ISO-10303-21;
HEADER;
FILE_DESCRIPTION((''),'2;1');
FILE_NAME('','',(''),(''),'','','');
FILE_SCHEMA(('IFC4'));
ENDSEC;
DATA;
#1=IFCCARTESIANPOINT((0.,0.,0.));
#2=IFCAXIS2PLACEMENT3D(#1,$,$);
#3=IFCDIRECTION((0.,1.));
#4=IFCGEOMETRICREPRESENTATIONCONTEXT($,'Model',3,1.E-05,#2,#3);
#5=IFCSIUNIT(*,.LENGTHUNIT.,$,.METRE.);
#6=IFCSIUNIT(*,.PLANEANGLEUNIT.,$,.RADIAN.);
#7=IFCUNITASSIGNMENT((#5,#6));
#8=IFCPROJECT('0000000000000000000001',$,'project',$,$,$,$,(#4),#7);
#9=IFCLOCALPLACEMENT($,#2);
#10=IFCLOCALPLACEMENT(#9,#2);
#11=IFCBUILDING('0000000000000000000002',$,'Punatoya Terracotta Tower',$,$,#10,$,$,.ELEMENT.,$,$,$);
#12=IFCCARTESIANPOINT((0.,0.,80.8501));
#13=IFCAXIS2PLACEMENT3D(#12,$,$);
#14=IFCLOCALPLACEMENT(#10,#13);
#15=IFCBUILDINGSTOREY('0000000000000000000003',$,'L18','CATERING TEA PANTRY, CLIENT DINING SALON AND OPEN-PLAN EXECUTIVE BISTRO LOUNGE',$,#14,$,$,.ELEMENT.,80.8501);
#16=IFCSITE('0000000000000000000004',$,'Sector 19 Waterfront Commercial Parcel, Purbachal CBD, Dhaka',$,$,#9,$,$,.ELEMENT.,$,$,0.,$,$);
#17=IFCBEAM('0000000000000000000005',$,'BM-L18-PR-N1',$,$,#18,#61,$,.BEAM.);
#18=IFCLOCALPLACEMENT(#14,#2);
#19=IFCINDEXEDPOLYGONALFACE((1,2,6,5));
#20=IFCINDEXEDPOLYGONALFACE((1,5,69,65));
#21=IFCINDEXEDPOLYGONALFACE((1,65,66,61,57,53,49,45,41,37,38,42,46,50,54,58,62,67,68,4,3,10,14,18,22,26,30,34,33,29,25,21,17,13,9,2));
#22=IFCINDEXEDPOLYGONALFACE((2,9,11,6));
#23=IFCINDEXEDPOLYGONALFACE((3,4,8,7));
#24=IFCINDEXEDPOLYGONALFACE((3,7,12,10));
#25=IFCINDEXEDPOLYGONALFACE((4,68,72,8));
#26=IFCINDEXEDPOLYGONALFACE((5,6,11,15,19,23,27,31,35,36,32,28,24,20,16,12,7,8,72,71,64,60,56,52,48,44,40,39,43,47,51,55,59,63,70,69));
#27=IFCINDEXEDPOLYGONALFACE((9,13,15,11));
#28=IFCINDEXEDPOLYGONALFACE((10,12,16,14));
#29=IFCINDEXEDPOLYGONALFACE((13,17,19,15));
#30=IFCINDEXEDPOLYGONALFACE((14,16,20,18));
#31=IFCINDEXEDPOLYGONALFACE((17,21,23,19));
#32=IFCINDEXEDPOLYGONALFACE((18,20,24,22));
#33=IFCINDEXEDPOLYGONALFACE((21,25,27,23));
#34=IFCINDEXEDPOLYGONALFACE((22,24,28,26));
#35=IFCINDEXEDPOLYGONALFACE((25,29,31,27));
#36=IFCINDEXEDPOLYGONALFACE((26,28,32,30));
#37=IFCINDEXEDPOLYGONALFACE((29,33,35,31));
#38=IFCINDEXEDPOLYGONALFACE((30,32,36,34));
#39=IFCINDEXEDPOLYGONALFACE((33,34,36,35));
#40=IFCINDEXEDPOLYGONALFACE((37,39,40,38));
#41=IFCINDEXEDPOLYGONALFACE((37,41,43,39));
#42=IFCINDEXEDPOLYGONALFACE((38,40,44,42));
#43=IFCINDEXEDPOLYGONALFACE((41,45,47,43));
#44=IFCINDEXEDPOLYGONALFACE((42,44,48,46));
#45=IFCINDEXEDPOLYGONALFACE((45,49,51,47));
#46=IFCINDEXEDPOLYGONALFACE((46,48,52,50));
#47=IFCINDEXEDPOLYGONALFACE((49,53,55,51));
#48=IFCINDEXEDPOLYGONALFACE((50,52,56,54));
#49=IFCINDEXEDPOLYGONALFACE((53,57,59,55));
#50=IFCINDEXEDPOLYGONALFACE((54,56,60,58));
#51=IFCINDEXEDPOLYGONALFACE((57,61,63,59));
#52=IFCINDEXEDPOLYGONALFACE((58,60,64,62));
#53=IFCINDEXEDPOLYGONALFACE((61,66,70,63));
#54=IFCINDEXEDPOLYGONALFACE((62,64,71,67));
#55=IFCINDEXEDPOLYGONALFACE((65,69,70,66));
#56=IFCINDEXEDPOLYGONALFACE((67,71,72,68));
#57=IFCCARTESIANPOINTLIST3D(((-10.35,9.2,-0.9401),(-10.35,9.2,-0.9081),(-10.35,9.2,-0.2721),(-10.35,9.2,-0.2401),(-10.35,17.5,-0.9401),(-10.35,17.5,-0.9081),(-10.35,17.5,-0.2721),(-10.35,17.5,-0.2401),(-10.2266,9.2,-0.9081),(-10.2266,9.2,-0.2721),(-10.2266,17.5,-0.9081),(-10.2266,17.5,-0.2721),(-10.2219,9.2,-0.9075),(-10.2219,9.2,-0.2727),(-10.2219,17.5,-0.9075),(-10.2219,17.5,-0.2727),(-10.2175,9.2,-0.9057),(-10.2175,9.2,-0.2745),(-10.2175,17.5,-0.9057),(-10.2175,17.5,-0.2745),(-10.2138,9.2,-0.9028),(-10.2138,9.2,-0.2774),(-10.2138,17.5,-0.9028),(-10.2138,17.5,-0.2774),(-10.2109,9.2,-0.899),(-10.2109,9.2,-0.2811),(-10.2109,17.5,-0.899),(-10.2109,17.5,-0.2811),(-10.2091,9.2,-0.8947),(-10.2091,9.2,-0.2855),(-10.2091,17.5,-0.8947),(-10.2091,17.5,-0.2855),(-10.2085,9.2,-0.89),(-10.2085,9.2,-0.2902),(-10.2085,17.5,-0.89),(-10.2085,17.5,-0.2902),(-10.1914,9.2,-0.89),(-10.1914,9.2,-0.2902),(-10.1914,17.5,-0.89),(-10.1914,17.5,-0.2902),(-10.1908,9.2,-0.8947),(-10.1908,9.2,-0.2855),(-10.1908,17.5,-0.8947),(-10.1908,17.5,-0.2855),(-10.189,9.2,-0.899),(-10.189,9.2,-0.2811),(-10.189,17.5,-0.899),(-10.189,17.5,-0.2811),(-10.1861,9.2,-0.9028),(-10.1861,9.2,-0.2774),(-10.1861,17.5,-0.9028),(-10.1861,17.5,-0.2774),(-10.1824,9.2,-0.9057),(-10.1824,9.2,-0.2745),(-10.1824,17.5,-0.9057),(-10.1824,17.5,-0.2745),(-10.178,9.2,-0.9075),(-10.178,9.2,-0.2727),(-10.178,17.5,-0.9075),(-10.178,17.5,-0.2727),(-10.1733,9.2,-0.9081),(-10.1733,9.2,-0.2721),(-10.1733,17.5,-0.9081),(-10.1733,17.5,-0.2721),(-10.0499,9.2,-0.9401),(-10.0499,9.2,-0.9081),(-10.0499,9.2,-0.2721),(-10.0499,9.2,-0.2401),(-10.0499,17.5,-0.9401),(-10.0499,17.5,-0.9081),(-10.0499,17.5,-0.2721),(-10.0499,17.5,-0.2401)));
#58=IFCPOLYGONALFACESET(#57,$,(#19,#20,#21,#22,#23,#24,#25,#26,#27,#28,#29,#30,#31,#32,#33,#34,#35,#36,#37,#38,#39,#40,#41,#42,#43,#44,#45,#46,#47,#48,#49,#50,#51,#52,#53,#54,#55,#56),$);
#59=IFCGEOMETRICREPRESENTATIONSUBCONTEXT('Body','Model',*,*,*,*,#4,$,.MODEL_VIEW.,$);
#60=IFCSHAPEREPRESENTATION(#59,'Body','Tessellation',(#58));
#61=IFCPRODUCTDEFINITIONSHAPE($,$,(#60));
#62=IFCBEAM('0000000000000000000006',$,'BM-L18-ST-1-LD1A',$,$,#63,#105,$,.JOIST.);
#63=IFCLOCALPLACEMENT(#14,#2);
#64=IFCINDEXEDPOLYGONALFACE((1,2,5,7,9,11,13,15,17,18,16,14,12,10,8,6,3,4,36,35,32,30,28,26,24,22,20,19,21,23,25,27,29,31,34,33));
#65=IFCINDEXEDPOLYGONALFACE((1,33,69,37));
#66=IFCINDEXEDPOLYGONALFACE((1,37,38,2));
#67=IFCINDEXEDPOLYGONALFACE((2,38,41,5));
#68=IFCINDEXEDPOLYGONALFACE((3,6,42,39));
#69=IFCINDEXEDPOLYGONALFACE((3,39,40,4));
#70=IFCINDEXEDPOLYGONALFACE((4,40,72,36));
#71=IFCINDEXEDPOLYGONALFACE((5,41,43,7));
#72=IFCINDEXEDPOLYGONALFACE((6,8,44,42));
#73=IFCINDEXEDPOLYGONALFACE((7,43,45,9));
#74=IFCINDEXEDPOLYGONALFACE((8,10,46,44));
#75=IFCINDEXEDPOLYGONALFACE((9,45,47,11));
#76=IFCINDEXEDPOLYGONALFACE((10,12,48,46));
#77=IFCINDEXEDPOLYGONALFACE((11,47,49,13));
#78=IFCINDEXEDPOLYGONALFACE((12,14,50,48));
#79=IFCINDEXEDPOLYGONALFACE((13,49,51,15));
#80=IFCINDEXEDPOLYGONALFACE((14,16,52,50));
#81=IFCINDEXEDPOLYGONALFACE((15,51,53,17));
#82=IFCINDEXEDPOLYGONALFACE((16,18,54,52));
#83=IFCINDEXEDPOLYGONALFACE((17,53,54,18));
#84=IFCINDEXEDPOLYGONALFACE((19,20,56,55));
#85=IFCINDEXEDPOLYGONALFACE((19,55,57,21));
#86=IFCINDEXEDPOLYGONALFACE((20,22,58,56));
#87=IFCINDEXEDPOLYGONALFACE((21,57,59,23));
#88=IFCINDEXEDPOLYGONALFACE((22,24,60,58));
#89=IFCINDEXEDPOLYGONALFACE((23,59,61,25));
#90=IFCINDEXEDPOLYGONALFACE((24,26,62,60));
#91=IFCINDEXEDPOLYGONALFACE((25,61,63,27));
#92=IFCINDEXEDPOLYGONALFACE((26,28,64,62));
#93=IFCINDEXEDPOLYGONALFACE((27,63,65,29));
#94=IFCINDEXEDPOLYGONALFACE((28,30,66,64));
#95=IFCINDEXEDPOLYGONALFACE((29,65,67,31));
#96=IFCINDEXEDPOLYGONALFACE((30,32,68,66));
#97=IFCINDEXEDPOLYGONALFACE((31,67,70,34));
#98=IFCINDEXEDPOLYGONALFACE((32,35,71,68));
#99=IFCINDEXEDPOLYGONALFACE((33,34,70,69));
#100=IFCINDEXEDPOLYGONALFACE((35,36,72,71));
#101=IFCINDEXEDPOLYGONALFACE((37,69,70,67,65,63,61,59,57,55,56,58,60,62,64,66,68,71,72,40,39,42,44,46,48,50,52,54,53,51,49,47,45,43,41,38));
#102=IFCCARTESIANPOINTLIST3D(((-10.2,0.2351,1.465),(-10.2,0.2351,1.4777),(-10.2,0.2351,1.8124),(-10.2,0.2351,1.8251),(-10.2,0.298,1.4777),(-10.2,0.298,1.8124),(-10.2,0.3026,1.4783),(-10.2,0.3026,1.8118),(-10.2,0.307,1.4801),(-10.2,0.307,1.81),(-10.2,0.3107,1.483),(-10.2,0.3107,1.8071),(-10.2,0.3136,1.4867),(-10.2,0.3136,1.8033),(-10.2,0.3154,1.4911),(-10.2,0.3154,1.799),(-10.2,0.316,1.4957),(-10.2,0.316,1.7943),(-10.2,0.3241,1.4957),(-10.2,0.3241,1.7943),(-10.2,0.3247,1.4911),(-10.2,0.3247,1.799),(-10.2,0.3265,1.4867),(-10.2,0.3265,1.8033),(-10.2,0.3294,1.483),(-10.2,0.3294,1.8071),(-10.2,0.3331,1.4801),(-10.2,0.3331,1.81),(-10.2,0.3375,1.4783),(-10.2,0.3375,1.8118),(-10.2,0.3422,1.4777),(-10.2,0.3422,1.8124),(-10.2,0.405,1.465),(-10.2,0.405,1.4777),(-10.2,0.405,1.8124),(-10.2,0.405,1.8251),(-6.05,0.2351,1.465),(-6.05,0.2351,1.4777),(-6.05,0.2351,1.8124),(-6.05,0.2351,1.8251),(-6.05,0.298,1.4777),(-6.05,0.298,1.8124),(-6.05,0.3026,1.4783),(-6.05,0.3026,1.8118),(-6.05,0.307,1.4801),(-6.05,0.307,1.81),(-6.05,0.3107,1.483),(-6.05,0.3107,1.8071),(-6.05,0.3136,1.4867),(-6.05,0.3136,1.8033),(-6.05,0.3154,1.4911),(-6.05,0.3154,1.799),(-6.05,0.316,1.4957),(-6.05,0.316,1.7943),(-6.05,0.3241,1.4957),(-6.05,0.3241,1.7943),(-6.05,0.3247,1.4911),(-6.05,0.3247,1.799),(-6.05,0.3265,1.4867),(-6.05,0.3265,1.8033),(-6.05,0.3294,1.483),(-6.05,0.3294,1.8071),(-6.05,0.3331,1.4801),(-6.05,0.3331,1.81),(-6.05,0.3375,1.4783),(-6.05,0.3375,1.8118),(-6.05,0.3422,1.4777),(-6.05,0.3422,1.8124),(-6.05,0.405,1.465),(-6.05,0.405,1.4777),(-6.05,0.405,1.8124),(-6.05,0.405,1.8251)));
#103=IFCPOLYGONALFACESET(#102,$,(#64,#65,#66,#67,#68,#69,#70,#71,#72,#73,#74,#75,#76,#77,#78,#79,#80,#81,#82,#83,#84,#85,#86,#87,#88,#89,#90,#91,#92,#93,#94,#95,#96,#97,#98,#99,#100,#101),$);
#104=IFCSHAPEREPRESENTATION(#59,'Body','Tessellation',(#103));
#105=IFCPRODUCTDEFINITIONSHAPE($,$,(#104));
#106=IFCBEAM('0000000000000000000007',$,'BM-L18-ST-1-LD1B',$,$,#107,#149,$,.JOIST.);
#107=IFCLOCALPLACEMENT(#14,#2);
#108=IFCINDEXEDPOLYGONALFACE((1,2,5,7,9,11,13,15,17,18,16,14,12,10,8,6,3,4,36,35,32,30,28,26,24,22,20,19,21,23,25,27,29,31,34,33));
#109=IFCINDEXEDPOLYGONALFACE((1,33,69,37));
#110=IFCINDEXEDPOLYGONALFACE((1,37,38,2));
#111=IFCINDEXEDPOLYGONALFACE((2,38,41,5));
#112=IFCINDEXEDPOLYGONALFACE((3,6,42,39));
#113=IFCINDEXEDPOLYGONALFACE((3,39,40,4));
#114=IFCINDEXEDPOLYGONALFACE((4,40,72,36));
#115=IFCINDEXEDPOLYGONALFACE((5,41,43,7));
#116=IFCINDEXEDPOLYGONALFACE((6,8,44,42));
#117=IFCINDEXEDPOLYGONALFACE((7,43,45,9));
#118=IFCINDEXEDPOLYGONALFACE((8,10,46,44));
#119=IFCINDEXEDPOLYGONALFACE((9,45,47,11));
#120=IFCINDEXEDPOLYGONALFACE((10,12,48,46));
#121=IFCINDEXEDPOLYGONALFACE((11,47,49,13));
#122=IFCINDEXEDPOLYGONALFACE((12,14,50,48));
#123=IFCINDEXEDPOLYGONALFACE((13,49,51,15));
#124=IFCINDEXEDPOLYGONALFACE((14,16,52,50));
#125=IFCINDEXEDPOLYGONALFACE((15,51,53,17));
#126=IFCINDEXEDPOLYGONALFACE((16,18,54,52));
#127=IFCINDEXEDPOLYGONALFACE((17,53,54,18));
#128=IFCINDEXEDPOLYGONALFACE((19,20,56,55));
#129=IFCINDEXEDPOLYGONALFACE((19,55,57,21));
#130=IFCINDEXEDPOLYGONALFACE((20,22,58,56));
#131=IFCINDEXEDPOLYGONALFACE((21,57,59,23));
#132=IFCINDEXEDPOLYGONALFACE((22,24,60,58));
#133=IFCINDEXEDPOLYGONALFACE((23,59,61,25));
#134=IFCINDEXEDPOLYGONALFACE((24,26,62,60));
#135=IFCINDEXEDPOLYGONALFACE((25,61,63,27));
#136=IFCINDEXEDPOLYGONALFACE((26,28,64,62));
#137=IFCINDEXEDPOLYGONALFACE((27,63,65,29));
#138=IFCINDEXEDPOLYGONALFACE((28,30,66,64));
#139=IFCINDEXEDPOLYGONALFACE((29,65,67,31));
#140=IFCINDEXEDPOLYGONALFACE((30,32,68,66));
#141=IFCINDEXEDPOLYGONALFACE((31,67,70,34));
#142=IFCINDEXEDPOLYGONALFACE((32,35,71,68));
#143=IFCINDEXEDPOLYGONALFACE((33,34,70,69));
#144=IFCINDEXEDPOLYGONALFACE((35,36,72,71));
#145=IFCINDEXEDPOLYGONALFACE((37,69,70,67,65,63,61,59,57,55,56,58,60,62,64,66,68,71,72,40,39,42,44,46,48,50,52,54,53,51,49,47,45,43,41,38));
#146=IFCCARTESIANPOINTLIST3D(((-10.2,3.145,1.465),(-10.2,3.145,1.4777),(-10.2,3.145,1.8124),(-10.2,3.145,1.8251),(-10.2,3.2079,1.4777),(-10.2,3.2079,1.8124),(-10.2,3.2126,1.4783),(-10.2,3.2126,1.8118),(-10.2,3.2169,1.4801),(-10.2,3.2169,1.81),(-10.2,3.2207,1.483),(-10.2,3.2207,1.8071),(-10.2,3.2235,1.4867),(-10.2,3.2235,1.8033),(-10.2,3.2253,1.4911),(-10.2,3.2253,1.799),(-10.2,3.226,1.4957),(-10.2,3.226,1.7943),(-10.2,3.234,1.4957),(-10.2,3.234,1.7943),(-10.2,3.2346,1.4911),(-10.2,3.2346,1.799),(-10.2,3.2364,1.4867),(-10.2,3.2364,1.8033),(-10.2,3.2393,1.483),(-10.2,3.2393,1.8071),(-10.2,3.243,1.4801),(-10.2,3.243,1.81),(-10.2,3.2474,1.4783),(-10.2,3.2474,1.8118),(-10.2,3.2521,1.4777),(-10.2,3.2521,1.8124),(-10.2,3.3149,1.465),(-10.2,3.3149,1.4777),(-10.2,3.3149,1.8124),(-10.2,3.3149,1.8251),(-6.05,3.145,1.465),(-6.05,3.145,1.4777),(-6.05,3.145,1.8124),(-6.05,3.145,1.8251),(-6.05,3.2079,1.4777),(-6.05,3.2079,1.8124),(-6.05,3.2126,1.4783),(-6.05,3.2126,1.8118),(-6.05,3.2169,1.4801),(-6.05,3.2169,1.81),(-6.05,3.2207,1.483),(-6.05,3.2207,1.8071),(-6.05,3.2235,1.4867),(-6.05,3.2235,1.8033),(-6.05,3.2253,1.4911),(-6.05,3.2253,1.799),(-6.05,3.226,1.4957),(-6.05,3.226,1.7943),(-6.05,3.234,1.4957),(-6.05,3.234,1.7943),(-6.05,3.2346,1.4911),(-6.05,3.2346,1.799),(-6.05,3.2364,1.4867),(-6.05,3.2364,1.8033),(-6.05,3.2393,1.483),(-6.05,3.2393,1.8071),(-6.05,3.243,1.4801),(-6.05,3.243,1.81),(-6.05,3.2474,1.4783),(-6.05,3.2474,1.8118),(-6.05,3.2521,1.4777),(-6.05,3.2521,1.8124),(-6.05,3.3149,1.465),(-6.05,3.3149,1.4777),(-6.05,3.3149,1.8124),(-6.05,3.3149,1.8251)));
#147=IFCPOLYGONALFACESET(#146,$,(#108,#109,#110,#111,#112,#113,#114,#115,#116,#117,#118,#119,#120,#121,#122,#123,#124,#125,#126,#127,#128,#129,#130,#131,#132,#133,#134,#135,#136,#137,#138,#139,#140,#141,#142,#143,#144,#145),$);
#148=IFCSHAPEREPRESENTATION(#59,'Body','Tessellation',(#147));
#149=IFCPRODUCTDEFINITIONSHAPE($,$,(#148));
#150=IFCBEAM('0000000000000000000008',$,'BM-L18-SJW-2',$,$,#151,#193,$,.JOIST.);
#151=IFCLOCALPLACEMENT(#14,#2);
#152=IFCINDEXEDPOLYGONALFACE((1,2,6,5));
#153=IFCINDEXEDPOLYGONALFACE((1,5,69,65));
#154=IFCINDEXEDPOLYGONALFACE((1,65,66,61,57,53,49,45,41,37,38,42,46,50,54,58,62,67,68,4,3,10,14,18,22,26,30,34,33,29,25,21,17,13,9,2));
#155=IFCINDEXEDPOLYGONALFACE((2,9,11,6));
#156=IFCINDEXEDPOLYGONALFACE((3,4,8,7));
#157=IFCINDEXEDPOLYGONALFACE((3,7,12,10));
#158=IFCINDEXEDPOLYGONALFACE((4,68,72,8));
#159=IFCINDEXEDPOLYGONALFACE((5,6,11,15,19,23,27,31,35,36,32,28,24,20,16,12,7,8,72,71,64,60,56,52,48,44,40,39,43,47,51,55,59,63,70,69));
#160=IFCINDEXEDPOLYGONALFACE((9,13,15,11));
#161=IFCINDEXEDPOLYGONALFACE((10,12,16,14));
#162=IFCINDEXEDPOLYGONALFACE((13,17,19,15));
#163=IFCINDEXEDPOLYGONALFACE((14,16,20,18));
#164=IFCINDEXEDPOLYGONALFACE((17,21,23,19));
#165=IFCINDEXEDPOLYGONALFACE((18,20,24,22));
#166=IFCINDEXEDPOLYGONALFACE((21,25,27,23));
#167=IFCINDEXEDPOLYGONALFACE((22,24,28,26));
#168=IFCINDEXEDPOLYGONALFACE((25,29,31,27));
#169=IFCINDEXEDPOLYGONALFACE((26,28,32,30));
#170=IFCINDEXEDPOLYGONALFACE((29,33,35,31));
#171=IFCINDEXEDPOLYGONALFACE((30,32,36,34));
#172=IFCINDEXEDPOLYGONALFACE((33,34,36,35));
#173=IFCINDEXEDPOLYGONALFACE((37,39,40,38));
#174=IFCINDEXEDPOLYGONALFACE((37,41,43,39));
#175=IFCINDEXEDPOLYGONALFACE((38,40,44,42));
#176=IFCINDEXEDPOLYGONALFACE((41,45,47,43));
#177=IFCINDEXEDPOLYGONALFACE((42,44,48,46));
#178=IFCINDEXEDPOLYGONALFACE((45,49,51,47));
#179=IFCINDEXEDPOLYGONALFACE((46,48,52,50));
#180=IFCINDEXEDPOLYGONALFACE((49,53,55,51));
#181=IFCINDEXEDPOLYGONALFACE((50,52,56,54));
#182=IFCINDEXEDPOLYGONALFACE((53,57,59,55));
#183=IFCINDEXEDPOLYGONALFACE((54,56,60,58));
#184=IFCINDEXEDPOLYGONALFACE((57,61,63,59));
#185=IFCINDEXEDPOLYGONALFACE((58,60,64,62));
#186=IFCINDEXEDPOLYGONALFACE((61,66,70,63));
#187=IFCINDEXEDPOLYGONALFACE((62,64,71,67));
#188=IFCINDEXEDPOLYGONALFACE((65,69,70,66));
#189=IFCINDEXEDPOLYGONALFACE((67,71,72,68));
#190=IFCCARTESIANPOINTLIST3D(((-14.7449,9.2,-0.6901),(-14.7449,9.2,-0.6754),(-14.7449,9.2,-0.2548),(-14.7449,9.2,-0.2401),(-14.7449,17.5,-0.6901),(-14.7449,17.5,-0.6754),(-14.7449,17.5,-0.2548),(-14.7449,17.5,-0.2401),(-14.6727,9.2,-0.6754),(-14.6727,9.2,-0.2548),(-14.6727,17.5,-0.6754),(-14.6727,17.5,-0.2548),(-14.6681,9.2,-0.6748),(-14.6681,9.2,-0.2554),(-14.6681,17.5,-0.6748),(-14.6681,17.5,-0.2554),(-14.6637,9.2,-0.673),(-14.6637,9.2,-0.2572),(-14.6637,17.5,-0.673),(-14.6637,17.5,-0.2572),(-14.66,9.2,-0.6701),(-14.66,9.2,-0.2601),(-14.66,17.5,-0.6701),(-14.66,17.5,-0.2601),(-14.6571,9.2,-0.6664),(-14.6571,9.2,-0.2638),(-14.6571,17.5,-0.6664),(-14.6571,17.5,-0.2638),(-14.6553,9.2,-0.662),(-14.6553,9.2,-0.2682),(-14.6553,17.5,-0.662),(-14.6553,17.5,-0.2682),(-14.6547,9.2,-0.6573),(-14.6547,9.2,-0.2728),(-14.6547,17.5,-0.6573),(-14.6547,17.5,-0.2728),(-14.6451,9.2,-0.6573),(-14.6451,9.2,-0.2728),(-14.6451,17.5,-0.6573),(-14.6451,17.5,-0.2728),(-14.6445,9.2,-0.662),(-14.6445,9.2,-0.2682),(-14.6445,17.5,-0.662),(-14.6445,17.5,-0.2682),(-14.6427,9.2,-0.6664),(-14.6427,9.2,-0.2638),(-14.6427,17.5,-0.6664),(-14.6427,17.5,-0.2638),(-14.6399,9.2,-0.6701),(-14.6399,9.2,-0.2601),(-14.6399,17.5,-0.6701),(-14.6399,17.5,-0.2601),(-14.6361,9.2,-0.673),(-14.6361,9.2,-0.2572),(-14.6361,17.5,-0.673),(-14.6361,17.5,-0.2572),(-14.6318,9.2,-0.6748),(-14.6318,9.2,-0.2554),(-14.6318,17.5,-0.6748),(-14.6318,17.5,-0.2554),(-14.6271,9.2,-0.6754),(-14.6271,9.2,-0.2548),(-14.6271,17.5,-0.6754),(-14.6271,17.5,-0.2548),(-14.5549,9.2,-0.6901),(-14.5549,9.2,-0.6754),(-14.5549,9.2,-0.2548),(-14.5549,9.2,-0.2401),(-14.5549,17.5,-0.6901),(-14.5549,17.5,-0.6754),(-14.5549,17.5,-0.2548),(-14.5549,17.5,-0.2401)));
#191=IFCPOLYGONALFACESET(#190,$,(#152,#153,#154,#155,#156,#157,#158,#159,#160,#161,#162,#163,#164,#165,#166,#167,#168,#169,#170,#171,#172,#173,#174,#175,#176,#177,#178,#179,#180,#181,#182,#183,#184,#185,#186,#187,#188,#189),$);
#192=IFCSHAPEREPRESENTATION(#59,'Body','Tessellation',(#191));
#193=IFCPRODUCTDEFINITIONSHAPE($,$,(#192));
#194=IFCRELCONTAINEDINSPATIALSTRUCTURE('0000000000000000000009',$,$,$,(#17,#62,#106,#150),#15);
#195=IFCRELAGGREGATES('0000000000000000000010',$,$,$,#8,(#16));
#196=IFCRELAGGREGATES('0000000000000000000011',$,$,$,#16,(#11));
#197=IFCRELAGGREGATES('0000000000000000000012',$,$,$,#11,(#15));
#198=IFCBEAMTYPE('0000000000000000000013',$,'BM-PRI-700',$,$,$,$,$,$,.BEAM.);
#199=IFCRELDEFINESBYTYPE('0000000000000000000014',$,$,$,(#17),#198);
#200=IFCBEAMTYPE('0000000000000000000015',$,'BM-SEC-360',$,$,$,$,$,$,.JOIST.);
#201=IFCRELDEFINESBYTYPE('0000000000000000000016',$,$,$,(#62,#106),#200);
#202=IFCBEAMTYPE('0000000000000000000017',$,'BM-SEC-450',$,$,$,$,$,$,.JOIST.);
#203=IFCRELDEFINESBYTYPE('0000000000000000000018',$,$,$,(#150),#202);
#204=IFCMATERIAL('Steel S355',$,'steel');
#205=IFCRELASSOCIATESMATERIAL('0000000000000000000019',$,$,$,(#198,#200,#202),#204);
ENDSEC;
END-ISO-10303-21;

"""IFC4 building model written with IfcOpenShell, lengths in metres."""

from ifc_helpers import new_model, si_unit, direction, frame, origin, origin_2d, place, context, subcontext, project, spatial, i_section, extrude, material, material_profile, profile_set, type_object, element, save


model = new_model("IFC4")

# Units and contexts
model_context = context("Model", 3, precision=1e-05, world=origin(), true_north=direction((0.0, 1.0)))
body_context = subcontext(model_context, "Body", "Model", "MODEL_VIEW")
ifc_project = project(units=[si_unit("LENGTHUNIT", "METRE"), si_unit("PLANEANGLEUNIT", "RADIAN")], contexts=[model_context])

# Site, building, storey
site_placement = place(None, origin())
site = spatial("IfcSite", under=ifc_project, at=site_placement, Name="Sector 19 Waterfront Commercial Parcel, Purbachal CBD, Dhaka", CompositionType="ELEMENT", RefElevation=0.0)
building_placement = place(site_placement, origin())
building = spatial("IfcBuilding", under=site, at=building_placement, Name="Punatoya Terracotta Tower", CompositionType="ELEMENT")
storey_placement = place(building_placement, frame((0.0, 0.0, 80.8501)))
storey = spatial("IfcBuildingStorey", under=building, at=storey_placement, Name="L18", Description="CATERING TEA PANTRY, CLIENT DINING SALON AND OPEN-PLAN EXECUTIVE BISTRO LOUNGE", CompositionType="ELEMENT", Elevation=80.8501)

# Beams
ifc_material_1 = material(Name="Steel S355", Category="steel")
ifc_material_profile_1 = material_profile(ifc_material_1, i_section(OverallWidth=0.3, OverallDepth=0.7, WebThickness=0.0171, FlangeThickness=0.032, FilletRadius=0.0181, at=origin_2d()))
ifc_profile_set_1 = profile_set([ifc_material_profile_1], Name="Steel S355")
beam_type_1 = type_object("IfcBeamType", Name="BM-PRI-700", PredefinedType="BEAM", material=ifc_profile_set_1)
beam_1_placement = place(storey_placement, frame((-10.2, 9.2, -0.5901), z_axis=(0.0, 1.0, 0.0), x_axis=(-1.0, 0.0, 0.0)))
element("IfcBeam", 1, at=beam_1_placement, inside=storey, type_object=beam_type_1, Name="BM-L18-PR-N1", PredefinedType="BEAM", context=body_context, shape_type="SweptSolid", body=[
    extrude(i_section(OverallWidth=0.3, OverallDepth=0.7, WebThickness=0.0171, FlangeThickness=0.032, FilletRadius=0.0181, at=origin_2d()), origin(), (0.0, 0.0, 1.0), 8.3),
])
ifc_material_profile_2 = material_profile(ifc_material_1, i_section(OverallWidth=0.1699, OverallDepth=0.3601, WebThickness=0.0081, FlangeThickness=0.0127, FilletRadius=0.0181, at=origin_2d()))
ifc_profile_set_2 = profile_set([ifc_material_profile_2], Name="Steel S355")
beam_type_2 = type_object("IfcBeamType", Name="BM-SEC-360", PredefinedType="JOIST", material=ifc_profile_set_2)
for number, where, z_axis, x_axis, name in (
    (2, (-10.2, 0.3201, 1.645), (1.0, 0.0, 0.0), (0.0, 1.0, 0.0), "BM-L18-ST-1-LD1A"),
    (3, (-10.2, 3.23, 1.645), (1.0, 0.0, 0.0), (0.0, 1.0, 0.0), "BM-L18-ST-1-LD1B"),
):
    element("IfcBeam", number, at=place(storey_placement, frame(where, z_axis=z_axis, x_axis=x_axis)), inside=storey, type_object=beam_type_2, Name=name, PredefinedType="JOIST", context=body_context, shape_type="SweptSolid", body=[
        extrude(i_section(OverallWidth=0.1699, OverallDepth=0.3601, WebThickness=0.0081, FlangeThickness=0.0127, FilletRadius=0.0181, at=origin_2d()), origin(), (0.0, 0.0, 1.0), 4.1499),
    ])
ifc_material_profile_3 = material_profile(ifc_material_1, i_section(OverallWidth=0.1899, OverallDepth=0.45, WebThickness=0.0095, FlangeThickness=0.0146, FilletRadius=0.0181, at=origin_2d()))
ifc_profile_set_3 = profile_set([ifc_material_profile_3], Name="Steel S355")
beam_type_3 = type_object("IfcBeamType", Name="BM-SEC-450", PredefinedType="JOIST", material=ifc_profile_set_3)
beam_2_placement = place(storey_placement, frame((-14.6499, 9.2, -0.4651), z_axis=(0.0, 1.0, 0.0), x_axis=(-1.0, 0.0, 0.0)))
element("IfcBeam", 4, at=beam_2_placement, inside=storey, type_object=beam_type_3, Name="BM-L18-SJW-2", PredefinedType="JOIST", context=body_context, shape_type="SweptSolid", body=[
    extrude(i_section(OverallWidth=0.1899, OverallDepth=0.45, WebThickness=0.0095, FlangeThickness=0.0146, FilletRadius=0.0181, at=origin_2d()), origin(), (0.0, 0.0, 1.0), 8.3),
])

save(model, "model.ifc")
